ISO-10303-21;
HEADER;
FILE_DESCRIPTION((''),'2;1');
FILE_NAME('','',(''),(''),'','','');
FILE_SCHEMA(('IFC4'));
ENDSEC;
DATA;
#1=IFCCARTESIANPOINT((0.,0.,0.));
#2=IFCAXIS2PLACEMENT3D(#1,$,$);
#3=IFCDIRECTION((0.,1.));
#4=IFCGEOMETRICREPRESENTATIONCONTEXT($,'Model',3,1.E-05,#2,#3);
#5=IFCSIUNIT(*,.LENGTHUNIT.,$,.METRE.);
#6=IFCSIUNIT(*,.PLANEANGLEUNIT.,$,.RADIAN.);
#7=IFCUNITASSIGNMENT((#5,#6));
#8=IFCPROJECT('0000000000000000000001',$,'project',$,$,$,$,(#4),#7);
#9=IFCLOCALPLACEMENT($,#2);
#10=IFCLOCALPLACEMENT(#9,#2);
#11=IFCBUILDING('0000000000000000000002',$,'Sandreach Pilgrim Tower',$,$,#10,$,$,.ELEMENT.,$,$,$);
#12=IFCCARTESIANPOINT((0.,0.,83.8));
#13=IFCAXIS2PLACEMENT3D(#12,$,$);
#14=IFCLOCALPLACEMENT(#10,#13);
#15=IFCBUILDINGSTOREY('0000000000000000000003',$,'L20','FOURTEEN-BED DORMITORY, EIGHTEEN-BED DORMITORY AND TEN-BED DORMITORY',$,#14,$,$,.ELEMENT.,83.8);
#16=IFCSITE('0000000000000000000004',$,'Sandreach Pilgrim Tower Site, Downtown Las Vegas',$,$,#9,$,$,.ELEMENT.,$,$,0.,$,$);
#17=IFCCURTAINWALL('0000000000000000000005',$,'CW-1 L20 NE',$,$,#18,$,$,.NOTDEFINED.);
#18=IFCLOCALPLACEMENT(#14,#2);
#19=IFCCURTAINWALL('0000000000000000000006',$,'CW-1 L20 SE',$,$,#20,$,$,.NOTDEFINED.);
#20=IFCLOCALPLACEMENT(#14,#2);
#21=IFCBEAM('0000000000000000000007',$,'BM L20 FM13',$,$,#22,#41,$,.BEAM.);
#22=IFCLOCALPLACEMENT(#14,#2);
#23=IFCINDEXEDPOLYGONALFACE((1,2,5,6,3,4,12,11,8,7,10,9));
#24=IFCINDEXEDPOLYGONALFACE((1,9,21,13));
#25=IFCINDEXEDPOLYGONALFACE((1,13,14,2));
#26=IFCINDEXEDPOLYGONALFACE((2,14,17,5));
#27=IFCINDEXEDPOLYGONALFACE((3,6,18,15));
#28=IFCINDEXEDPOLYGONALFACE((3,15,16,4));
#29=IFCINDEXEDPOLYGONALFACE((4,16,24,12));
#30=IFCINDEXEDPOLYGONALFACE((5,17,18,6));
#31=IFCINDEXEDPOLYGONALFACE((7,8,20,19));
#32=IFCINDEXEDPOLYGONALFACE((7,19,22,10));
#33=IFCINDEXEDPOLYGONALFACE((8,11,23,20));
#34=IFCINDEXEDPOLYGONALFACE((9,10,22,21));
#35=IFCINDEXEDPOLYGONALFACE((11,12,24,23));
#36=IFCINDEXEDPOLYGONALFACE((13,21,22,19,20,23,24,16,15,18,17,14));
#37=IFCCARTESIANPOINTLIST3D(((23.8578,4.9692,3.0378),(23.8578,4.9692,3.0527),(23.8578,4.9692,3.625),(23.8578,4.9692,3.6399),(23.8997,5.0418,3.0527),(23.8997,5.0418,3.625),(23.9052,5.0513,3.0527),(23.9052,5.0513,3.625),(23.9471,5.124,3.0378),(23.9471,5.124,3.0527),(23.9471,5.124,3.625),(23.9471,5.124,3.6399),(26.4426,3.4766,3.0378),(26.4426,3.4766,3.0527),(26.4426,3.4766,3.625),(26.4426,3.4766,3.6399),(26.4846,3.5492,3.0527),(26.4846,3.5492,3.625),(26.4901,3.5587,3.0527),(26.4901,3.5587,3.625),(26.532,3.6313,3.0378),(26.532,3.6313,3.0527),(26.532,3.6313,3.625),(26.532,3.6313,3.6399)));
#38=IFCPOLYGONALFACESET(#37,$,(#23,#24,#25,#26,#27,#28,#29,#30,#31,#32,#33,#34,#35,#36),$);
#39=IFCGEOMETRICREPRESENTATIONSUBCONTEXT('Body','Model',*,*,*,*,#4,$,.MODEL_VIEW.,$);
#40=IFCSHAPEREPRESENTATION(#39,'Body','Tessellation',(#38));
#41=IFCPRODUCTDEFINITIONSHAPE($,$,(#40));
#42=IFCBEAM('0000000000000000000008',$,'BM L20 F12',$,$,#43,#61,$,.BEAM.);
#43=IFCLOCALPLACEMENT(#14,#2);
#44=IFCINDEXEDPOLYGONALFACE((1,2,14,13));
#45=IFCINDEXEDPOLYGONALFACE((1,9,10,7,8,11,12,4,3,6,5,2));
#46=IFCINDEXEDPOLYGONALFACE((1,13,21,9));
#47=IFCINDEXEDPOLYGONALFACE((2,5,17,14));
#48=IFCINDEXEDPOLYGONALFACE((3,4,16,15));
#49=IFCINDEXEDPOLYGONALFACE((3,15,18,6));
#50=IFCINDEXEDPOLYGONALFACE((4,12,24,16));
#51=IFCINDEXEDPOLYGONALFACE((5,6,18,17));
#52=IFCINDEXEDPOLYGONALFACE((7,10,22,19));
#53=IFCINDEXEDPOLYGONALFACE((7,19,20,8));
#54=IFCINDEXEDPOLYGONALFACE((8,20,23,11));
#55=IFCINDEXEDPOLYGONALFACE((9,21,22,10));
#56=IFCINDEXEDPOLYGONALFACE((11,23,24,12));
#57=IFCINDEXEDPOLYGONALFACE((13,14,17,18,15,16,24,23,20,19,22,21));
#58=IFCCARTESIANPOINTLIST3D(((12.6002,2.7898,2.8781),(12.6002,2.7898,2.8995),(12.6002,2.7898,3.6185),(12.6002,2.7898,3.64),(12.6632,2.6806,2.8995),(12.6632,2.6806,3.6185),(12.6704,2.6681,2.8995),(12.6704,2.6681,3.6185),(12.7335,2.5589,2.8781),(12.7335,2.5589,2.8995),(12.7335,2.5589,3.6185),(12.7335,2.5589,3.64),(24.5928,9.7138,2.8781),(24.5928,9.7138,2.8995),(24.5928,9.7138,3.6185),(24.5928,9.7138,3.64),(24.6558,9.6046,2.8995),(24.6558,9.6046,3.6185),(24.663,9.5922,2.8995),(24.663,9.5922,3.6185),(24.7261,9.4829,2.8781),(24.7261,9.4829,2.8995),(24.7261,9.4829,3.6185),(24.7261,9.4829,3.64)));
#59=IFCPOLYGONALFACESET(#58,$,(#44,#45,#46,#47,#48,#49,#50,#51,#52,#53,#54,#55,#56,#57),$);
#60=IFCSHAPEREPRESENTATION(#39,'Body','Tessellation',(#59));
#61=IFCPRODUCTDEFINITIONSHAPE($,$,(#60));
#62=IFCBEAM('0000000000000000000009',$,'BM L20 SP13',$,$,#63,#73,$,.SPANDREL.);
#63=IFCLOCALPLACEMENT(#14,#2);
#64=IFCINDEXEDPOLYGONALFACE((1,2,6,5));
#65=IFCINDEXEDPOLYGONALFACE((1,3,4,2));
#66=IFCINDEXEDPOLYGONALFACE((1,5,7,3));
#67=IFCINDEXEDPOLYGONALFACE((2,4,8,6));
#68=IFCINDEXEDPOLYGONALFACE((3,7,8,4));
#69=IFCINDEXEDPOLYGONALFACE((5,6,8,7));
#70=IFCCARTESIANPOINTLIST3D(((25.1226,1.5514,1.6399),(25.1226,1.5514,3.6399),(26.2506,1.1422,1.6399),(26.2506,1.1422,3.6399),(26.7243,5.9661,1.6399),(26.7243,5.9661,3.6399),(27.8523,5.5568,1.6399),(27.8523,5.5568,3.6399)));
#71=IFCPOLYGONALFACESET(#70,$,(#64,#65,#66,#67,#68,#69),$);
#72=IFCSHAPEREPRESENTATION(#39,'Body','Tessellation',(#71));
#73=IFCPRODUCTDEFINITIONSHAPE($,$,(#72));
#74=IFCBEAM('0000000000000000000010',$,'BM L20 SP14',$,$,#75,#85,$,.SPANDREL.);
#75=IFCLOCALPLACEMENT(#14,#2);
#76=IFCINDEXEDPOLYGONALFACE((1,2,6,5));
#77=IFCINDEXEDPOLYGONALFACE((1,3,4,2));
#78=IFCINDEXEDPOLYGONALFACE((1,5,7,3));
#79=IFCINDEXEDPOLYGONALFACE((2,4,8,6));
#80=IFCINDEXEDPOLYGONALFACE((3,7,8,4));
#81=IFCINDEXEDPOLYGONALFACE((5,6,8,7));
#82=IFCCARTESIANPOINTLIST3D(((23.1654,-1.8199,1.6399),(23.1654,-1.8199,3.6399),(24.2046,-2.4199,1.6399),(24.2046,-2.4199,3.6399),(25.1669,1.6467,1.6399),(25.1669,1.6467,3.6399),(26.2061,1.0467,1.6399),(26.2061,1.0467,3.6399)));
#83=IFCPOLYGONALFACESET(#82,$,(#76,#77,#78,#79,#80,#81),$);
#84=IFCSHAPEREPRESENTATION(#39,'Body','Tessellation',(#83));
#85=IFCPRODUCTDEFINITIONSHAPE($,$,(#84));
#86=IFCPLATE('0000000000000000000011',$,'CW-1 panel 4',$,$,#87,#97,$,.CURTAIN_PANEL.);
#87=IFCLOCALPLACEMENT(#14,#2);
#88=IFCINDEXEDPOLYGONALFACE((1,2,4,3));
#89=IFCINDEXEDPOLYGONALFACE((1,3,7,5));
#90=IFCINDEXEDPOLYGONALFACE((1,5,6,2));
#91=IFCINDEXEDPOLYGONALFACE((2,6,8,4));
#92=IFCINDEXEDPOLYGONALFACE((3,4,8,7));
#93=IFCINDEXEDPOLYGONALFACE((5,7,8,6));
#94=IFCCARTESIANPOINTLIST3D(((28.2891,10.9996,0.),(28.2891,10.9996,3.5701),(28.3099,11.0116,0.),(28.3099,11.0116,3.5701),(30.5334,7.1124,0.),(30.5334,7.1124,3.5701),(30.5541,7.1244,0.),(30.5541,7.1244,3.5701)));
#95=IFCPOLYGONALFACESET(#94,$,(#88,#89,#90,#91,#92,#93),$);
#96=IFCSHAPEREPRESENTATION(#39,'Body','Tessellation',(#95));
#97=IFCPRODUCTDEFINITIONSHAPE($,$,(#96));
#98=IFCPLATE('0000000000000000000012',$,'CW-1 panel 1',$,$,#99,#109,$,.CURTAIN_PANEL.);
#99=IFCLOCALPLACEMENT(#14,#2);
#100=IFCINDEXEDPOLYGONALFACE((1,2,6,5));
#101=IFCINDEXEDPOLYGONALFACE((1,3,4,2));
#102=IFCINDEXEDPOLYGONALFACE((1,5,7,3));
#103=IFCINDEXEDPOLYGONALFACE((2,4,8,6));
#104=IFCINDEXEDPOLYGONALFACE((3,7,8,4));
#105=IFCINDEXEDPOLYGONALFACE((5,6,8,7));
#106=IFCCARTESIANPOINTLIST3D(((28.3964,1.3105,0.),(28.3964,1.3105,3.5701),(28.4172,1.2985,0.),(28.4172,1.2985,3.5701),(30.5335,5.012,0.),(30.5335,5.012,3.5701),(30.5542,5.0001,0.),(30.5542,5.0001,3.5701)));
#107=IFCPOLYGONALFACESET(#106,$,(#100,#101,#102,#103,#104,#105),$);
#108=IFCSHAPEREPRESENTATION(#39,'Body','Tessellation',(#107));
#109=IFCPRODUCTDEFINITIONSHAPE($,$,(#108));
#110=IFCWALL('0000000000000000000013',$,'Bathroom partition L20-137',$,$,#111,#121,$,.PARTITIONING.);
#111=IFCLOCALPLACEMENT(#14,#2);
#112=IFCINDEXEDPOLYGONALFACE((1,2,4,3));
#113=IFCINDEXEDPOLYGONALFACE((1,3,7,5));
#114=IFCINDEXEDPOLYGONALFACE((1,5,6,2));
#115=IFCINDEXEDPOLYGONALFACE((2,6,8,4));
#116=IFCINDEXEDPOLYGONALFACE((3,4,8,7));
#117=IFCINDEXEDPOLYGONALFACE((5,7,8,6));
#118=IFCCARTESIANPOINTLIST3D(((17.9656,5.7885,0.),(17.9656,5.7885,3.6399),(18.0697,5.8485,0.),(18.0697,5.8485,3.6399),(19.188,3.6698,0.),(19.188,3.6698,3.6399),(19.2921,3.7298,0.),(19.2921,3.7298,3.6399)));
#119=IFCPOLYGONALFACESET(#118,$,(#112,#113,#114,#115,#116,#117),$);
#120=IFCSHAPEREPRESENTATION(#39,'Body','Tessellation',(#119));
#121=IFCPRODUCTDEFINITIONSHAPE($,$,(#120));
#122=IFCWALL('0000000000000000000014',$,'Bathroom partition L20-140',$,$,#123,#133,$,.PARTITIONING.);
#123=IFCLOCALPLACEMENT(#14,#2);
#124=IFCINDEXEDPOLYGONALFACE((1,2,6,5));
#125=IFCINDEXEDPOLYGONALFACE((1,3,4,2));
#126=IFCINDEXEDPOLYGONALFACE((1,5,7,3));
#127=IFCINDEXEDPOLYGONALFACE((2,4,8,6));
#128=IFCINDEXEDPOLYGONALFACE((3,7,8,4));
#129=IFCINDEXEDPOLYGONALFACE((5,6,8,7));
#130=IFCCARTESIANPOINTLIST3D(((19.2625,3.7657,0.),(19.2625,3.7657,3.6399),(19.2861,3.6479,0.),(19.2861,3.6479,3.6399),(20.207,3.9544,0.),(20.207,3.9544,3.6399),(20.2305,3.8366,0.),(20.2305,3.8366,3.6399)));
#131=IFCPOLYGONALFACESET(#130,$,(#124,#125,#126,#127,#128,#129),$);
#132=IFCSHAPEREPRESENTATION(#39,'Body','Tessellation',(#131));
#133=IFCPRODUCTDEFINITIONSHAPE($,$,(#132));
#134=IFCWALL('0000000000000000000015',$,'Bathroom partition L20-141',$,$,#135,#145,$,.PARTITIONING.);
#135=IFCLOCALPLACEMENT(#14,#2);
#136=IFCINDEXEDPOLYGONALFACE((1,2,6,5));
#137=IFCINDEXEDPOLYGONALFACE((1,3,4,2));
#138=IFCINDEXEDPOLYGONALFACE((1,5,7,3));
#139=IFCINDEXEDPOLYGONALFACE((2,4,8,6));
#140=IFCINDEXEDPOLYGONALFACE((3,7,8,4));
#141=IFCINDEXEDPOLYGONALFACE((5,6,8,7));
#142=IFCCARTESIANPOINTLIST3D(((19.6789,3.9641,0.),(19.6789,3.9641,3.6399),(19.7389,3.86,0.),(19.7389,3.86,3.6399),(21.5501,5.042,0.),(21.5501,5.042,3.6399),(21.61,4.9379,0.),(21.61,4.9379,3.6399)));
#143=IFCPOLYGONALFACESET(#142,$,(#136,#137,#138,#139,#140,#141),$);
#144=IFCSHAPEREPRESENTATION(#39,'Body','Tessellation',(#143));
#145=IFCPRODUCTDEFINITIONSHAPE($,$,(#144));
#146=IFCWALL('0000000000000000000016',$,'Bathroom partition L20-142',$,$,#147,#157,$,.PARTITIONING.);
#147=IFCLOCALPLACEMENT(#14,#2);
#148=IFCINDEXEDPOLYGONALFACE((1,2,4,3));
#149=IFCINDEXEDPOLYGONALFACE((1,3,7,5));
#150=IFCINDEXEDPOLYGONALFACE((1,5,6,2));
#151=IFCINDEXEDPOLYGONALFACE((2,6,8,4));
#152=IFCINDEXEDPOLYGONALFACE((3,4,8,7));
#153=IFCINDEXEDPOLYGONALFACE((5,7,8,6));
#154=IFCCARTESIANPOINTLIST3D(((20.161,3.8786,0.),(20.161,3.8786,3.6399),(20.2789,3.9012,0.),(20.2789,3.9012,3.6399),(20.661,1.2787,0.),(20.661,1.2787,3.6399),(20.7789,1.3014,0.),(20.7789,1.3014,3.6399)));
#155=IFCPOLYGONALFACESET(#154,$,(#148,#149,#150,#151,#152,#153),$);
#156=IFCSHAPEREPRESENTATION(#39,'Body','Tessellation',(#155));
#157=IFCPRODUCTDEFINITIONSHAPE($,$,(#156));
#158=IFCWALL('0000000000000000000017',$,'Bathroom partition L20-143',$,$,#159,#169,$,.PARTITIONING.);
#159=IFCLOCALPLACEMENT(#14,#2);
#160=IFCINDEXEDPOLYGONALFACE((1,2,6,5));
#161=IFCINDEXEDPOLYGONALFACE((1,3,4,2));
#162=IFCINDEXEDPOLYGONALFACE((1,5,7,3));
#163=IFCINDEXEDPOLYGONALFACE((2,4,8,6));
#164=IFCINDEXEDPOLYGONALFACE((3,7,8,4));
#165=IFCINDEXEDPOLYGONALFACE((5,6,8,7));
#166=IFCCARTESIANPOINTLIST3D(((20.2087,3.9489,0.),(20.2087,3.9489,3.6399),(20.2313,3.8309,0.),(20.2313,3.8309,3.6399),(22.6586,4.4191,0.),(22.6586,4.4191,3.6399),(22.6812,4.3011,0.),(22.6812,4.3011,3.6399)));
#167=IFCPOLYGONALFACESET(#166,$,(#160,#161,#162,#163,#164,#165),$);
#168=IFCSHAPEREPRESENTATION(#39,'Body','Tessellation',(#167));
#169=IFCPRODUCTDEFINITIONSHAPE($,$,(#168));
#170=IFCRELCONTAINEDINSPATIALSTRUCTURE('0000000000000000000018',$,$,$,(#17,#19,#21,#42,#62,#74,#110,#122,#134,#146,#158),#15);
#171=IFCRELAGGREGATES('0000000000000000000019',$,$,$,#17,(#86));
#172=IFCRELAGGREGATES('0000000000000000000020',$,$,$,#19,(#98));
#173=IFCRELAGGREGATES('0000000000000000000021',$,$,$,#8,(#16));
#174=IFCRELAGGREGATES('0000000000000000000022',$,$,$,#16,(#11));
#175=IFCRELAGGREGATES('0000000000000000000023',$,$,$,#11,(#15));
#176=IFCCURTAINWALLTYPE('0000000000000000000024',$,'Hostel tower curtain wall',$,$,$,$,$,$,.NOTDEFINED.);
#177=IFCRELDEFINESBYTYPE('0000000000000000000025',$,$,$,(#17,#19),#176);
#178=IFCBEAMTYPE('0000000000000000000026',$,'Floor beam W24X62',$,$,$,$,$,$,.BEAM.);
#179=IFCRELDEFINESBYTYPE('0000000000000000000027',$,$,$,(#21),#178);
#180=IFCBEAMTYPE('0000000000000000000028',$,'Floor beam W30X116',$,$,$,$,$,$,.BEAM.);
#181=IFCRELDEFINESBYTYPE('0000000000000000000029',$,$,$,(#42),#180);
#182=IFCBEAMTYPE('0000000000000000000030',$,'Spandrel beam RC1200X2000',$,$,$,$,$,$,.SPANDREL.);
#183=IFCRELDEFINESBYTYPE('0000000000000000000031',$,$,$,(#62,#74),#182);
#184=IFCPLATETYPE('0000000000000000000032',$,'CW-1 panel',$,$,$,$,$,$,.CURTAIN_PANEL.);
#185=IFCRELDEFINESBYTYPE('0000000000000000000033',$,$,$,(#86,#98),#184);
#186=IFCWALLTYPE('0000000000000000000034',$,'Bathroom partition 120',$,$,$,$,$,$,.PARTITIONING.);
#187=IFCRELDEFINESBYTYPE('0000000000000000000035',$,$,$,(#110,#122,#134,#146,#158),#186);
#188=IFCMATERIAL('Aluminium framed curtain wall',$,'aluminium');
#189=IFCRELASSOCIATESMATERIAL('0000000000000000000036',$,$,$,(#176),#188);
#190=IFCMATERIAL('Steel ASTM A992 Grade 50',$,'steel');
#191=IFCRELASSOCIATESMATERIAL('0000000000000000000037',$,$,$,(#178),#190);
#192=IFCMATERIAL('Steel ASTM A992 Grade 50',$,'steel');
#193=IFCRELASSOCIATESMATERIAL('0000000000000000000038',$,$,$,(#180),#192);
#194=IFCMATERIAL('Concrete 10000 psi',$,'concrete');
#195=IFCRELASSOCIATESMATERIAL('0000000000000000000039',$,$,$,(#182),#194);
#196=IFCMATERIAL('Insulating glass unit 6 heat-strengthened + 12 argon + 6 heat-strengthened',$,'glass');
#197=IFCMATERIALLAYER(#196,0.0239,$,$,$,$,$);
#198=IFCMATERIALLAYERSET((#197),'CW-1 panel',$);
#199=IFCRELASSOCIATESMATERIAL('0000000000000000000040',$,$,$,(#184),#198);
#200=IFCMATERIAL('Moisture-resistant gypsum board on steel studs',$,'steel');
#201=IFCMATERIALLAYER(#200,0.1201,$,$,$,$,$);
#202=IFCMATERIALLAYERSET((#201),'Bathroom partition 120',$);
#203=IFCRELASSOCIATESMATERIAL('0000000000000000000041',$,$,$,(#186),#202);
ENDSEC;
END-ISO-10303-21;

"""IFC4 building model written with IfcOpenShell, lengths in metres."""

from ifc_helpers import new_model, si_unit, direction, frame, frame_2d, origin, origin_2d, place, context, subcontext, project, spatial, rectangle, i_section, extrude, material, layer, layer_set, material_profile, profile_set, type_object, element, aggregate, save


model = new_model("IFC4")

# Units and contexts
model_context = context("Model", 3, precision=1e-05, world=origin(), true_north=direction((0.0, 1.0)))
body_context = subcontext(model_context, "Body", "Model", "MODEL_VIEW")
ifc_project = project(units=[si_unit("LENGTHUNIT", "METRE"), si_unit("PLANEANGLEUNIT", "RADIAN")], contexts=[model_context])

# Site, building, storey
site_placement = place(None, origin())
site = spatial("IfcSite", under=ifc_project, at=site_placement, Name="Sandreach Pilgrim Tower Site, Downtown Las Vegas", CompositionType="ELEMENT", RefElevation=0.0)
building_placement = place(site_placement, origin())
building = spatial("IfcBuilding", under=site, at=building_placement, Name="Sandreach Pilgrim Tower", CompositionType="ELEMENT")
storey_placement = place(building_placement, frame((0.0, 0.0, 83.8)))
storey = spatial("IfcBuildingStorey", under=building, at=storey_placement, Name="L20", Description="FOURTEEN-BED DORMITORY, EIGHTEEN-BED DORMITORY AND TEN-BED DORMITORY", CompositionType="ELEMENT", Elevation=83.8)

# Curtain wall
ifc_material_1 = material(Name="Aluminium framed curtain wall", Category="aluminium")
curtain_wall_type = type_object("IfcCurtainWallType", Name="Hostel tower curtain wall", PredefinedType="NOTDEFINED", material=ifc_material_1)
curtain_wall_1_placement = place(storey_placement, origin())
curtain_wall_1 = element("IfcCurtainWall", 1, at=curtain_wall_1_placement, inside=storey, type_object=curtain_wall_type, Name="CW-1 L20 NE", PredefinedType="NOTDEFINED")

# Curtain wall
curtain_wall_2_placement = place(storey_placement, origin())
curtain_wall_2 = element("IfcCurtainWall", 2, at=curtain_wall_2_placement, inside=storey, type_object=curtain_wall_type, Name="CW-1 L20 SE", PredefinedType="NOTDEFINED")

# Beams
ifc_material_2 = material(Name="Steel ASTM A992 Grade 50", Category="steel")
ifc_material_profile_1 = material_profile(ifc_material_2, i_section(OverallWidth=0.1787, OverallDepth=0.6021, WebThickness=0.011, FlangeThickness=0.0149, at=origin_2d()), Name="W24X62")
ifc_profile_set_1 = profile_set([ifc_material_profile_1], Name="Steel ASTM A992 Grade 50")
beam_type_1 = type_object("IfcBeamType", Name="Floor beam W24X62", PredefinedType="BEAM", material=ifc_profile_set_1)
beam_1_placement = place(storey_placement, frame((26.4873, 3.554, 3.3389), z_axis=(-0.865989, 0.500062, 0.0), x_axis=(-0.500062, -0.865989, 0.0)))
element("IfcBeam", 3, at=beam_1_placement, inside=storey, type_object=beam_type_1, Name="BM L20 FM13", PredefinedType="BEAM", context=body_context, shape_type="SweptSolid", body=[
    extrude(i_section(OverallWidth=0.1787, OverallDepth=0.6021, WebThickness=0.011, FlangeThickness=0.0149, at=origin_2d()), origin(), (0.0, 0.0, 1.0), 2.9849),
])
ifc_material_3 = material(Name="Steel ASTM A992 Grade 50", Category="steel")
ifc_material_profile_2 = material_profile(ifc_material_3, i_section(OverallWidth=0.2666, OverallDepth=0.762, WebThickness=0.0144, FlangeThickness=0.0215, at=origin_2d()), Name="W30X116")
ifc_profile_set_2 = profile_set([ifc_material_profile_2], Name="Steel ASTM A992 Grade 50")
beam_type_2 = type_object("IfcBeamType", Name="Floor beam W30X116", PredefinedType="BEAM", material=ifc_profile_set_2)
beam_2_placement = place(storey_placement, frame((24.6594, 9.5984, 3.259), z_axis=(-0.866022, -0.500005, 0.0), x_axis=(0.500005, -0.866022, 0.0)))
element("IfcBeam", 4, at=beam_2_placement, inside=storey, type_object=beam_type_2, Name="BM L20 F12", PredefinedType="BEAM", context=body_context, shape_type="SweptSolid", body=[
    extrude(i_section(OverallWidth=0.2666, OverallDepth=0.762, WebThickness=0.0144, FlangeThickness=0.0215, at=origin_2d()), origin(), (0.0, 0.0, 1.0), 13.8479),
])
ifc_material_4 = material(Name="Concrete 10000 psi", Category="concrete")
ifc_material_profile_3 = material_profile(ifc_material_4, rectangle(XDim=1.2, YDim=2.0, at=origin_2d()), Name="RC1200X2000")
ifc_profile_set_3 = profile_set([ifc_material_profile_3], Name="Concrete 10000 psi")
beam_type_3 = type_object("IfcBeamType", Name="Spandrel beam RC1200X2000", PredefinedType="SPANDREL", material=ifc_profile_set_3)
beam_3_placement = place(storey_placement, frame((27.2883, 5.7615, 2.6399), z_axis=(-0.341071, -0.940038, 0.0), x_axis=(0.940038, -0.341071, 0.0)))
element("IfcBeam", 5, at=beam_3_placement, inside=storey, type_object=beam_type_3, Name="BM L20 SP13", PredefinedType="SPANDREL", context=body_context, shape_type="SweptSolid", body=[
    extrude(rectangle(XDim=1.2, YDim=2.0, at=origin_2d()), origin(), (0.0, 0.0, 1.0), 4.6963),
])
beam_4_placement = place(storey_placement, frame((25.6865, 1.3467, 2.6399), z_axis=(-0.500009, -0.86602, 0.0), x_axis=(0.86602, -0.500009, 0.0)))
element("IfcBeam", 6, at=beam_4_placement, inside=storey, type_object=beam_type_3, Name="BM L20 SP14", PredefinedType="SPANDREL", context=body_context, shape_type="SweptSolid", body=[
    extrude(rectangle(XDim=1.2, YDim=2.0, at=origin_2d()), origin(), (0.0, 0.0, 1.0), 4.0029),
])

# Plates
ifc_material_5 = material(Name="Insulating glass unit 6 heat-strengthened + 12 argon + 6 heat-strengthened", Category="glass")
ifc_layer_1 = layer(ifc_material_5, 0.0239)
ifc_layer_set_1 = layer_set([ifc_layer_1], Name="CW-1 panel")
plate_type = type_object("IfcPlateType", Name="CW-1 panel", PredefinedType="CURTAIN_PANEL", material=ifc_layer_set_1)
plate_1_placement = place(storey_placement, frame((29.4216, 9.062, 0.0), z_axis=(0.0, 0.0, 1.0), x_axis=(0.5, -0.866025, 0.0)))
plate_1 = element("IfcPlate", 7, at=plate_1_placement, type_object=plate_type, Name="CW-1 panel 4", PredefinedType="CURTAIN_PANEL", context=body_context, shape_type="SweptSolid", body=[
    extrude(rectangle(XDim=4.4885, YDim=0.0239, at=origin_2d()), origin(), (0.0, 0.0, 1.0), 3.5701),
])
aggregate(curtain_wall_1, [plate_1])
plate_2_placement = place(storey_placement, frame((29.4753, 3.1553, 0.0), z_axis=(0.0, 0.0, 1.0), x_axis=(-0.5, -0.866025, 0.0)))
plate_2 = element("IfcPlate", 8, at=plate_2_placement, type_object=plate_type, Name="CW-1 panel 1", PredefinedType="CURTAIN_PANEL", context=body_context, shape_type="SweptSolid", body=[
    extrude(rectangle(XDim=4.2742, YDim=0.0239, at=origin_2d()), origin(), (0.0, 0.0, 1.0), 3.5701),
])
aggregate(curtain_wall_2, [plate_2])

# Walls
ifc_material_6 = material(Name="Moisture-resistant gypsum board on steel studs", Category="steel")
ifc_layer_2 = layer(ifc_material_6, 0.1201)
ifc_layer_set_2 = layer_set([ifc_layer_2], Name="Bathroom partition 120")
wall_type_1 = type_object("IfcWallType", Name="Bathroom partition 120", PredefinedType="PARTITIONING", material=ifc_layer_set_2)
wall_1_placement = place(storey_placement, frame((18.0176, 5.8186, 0.0), z_axis=(0.0, 0.0, 1.0), x_axis=(0.499757, -0.866166, 0.0)))
element("IfcWall", 9, at=wall_1_placement, inside=storey, type_object=wall_type_1, Name="Bathroom partition L20-137", PredefinedType="PARTITIONING", context=body_context, shape_type="SweptSolid", body=[
    extrude(rectangle(XDim=2.446, YDim=0.1201, at=frame_2d((1.2231, 0.0))), origin(), (0.0, 0.0, 1.0), 3.6399),
])
wall_2_placement = place(storey_placement, frame((19.2744, 3.7068, 0.0), z_axis=(0.0, 0.0, 1.0), x_axis=(0.98062, 0.195921, 0.0)))
element("IfcWall", 10, at=wall_2_placement, inside=storey, type_object=wall_type_1, Name="Bathroom partition L20-140", PredefinedType="PARTITIONING", context=body_context, shape_type="SweptSolid", body=[
    extrude(rectangle(XDim=0.9631, YDim=0.1201, at=frame_2d((0.4814, 0.0))), origin(), (0.0, 0.0, 1.0), 3.6399),
])
wall_3_placement = place(storey_placement, frame((19.709, 3.9121, 0.0), z_axis=(0.0, 0.0, 1.0), x_axis=(0.866505, 0.499168, 0.0)))
element("IfcWall", 11, at=wall_3_placement, inside=storey, type_object=wall_type_1, Name="Bathroom partition L20-141", PredefinedType="PARTITIONING", context=body_context, shape_type="SweptSolid", body=[
    extrude(rectangle(XDim=2.1594, YDim=0.1201, at=frame_2d((1.0796, 0.0))), origin(), (0.0, 0.0, 1.0), 3.6399),
])
wall_4_placement = place(storey_placement, frame((20.22, 3.8899, 0.0), z_axis=(0.0, 0.0, 1.0), x_axis=(0.188858, -0.982004, 0.0)))
element("IfcWall", 12, at=wall_4_placement, inside=storey, type_object=wall_type_1, Name="Bathroom partition L20-142", PredefinedType="PARTITIONING", context=body_context, shape_type="SweptSolid", body=[
    extrude(rectangle(XDim=2.6475, YDim=0.1201, at=frame_2d((1.3237, 0.0))), origin(), (0.0, 0.0, 1.0), 3.6399),
])
wall_5_placement = place(storey_placement, frame((20.22, 3.8899, 0.0), z_axis=(0.0, 0.0, 1.0), x_axis=(0.982075, 0.188488, 0.0)))
element("IfcWall", 13, at=wall_5_placement, inside=storey, type_object=wall_type_1, Name="Bathroom partition L20-143", PredefinedType="PARTITIONING", context=body_context, shape_type="SweptSolid", body=[
    extrude(rectangle(XDim=2.4946, YDim=0.1201, at=frame_2d((1.2473, 0.0))), origin(), (0.0, 0.0, 1.0), 3.6399),
])

save(model, "model.ifc")
